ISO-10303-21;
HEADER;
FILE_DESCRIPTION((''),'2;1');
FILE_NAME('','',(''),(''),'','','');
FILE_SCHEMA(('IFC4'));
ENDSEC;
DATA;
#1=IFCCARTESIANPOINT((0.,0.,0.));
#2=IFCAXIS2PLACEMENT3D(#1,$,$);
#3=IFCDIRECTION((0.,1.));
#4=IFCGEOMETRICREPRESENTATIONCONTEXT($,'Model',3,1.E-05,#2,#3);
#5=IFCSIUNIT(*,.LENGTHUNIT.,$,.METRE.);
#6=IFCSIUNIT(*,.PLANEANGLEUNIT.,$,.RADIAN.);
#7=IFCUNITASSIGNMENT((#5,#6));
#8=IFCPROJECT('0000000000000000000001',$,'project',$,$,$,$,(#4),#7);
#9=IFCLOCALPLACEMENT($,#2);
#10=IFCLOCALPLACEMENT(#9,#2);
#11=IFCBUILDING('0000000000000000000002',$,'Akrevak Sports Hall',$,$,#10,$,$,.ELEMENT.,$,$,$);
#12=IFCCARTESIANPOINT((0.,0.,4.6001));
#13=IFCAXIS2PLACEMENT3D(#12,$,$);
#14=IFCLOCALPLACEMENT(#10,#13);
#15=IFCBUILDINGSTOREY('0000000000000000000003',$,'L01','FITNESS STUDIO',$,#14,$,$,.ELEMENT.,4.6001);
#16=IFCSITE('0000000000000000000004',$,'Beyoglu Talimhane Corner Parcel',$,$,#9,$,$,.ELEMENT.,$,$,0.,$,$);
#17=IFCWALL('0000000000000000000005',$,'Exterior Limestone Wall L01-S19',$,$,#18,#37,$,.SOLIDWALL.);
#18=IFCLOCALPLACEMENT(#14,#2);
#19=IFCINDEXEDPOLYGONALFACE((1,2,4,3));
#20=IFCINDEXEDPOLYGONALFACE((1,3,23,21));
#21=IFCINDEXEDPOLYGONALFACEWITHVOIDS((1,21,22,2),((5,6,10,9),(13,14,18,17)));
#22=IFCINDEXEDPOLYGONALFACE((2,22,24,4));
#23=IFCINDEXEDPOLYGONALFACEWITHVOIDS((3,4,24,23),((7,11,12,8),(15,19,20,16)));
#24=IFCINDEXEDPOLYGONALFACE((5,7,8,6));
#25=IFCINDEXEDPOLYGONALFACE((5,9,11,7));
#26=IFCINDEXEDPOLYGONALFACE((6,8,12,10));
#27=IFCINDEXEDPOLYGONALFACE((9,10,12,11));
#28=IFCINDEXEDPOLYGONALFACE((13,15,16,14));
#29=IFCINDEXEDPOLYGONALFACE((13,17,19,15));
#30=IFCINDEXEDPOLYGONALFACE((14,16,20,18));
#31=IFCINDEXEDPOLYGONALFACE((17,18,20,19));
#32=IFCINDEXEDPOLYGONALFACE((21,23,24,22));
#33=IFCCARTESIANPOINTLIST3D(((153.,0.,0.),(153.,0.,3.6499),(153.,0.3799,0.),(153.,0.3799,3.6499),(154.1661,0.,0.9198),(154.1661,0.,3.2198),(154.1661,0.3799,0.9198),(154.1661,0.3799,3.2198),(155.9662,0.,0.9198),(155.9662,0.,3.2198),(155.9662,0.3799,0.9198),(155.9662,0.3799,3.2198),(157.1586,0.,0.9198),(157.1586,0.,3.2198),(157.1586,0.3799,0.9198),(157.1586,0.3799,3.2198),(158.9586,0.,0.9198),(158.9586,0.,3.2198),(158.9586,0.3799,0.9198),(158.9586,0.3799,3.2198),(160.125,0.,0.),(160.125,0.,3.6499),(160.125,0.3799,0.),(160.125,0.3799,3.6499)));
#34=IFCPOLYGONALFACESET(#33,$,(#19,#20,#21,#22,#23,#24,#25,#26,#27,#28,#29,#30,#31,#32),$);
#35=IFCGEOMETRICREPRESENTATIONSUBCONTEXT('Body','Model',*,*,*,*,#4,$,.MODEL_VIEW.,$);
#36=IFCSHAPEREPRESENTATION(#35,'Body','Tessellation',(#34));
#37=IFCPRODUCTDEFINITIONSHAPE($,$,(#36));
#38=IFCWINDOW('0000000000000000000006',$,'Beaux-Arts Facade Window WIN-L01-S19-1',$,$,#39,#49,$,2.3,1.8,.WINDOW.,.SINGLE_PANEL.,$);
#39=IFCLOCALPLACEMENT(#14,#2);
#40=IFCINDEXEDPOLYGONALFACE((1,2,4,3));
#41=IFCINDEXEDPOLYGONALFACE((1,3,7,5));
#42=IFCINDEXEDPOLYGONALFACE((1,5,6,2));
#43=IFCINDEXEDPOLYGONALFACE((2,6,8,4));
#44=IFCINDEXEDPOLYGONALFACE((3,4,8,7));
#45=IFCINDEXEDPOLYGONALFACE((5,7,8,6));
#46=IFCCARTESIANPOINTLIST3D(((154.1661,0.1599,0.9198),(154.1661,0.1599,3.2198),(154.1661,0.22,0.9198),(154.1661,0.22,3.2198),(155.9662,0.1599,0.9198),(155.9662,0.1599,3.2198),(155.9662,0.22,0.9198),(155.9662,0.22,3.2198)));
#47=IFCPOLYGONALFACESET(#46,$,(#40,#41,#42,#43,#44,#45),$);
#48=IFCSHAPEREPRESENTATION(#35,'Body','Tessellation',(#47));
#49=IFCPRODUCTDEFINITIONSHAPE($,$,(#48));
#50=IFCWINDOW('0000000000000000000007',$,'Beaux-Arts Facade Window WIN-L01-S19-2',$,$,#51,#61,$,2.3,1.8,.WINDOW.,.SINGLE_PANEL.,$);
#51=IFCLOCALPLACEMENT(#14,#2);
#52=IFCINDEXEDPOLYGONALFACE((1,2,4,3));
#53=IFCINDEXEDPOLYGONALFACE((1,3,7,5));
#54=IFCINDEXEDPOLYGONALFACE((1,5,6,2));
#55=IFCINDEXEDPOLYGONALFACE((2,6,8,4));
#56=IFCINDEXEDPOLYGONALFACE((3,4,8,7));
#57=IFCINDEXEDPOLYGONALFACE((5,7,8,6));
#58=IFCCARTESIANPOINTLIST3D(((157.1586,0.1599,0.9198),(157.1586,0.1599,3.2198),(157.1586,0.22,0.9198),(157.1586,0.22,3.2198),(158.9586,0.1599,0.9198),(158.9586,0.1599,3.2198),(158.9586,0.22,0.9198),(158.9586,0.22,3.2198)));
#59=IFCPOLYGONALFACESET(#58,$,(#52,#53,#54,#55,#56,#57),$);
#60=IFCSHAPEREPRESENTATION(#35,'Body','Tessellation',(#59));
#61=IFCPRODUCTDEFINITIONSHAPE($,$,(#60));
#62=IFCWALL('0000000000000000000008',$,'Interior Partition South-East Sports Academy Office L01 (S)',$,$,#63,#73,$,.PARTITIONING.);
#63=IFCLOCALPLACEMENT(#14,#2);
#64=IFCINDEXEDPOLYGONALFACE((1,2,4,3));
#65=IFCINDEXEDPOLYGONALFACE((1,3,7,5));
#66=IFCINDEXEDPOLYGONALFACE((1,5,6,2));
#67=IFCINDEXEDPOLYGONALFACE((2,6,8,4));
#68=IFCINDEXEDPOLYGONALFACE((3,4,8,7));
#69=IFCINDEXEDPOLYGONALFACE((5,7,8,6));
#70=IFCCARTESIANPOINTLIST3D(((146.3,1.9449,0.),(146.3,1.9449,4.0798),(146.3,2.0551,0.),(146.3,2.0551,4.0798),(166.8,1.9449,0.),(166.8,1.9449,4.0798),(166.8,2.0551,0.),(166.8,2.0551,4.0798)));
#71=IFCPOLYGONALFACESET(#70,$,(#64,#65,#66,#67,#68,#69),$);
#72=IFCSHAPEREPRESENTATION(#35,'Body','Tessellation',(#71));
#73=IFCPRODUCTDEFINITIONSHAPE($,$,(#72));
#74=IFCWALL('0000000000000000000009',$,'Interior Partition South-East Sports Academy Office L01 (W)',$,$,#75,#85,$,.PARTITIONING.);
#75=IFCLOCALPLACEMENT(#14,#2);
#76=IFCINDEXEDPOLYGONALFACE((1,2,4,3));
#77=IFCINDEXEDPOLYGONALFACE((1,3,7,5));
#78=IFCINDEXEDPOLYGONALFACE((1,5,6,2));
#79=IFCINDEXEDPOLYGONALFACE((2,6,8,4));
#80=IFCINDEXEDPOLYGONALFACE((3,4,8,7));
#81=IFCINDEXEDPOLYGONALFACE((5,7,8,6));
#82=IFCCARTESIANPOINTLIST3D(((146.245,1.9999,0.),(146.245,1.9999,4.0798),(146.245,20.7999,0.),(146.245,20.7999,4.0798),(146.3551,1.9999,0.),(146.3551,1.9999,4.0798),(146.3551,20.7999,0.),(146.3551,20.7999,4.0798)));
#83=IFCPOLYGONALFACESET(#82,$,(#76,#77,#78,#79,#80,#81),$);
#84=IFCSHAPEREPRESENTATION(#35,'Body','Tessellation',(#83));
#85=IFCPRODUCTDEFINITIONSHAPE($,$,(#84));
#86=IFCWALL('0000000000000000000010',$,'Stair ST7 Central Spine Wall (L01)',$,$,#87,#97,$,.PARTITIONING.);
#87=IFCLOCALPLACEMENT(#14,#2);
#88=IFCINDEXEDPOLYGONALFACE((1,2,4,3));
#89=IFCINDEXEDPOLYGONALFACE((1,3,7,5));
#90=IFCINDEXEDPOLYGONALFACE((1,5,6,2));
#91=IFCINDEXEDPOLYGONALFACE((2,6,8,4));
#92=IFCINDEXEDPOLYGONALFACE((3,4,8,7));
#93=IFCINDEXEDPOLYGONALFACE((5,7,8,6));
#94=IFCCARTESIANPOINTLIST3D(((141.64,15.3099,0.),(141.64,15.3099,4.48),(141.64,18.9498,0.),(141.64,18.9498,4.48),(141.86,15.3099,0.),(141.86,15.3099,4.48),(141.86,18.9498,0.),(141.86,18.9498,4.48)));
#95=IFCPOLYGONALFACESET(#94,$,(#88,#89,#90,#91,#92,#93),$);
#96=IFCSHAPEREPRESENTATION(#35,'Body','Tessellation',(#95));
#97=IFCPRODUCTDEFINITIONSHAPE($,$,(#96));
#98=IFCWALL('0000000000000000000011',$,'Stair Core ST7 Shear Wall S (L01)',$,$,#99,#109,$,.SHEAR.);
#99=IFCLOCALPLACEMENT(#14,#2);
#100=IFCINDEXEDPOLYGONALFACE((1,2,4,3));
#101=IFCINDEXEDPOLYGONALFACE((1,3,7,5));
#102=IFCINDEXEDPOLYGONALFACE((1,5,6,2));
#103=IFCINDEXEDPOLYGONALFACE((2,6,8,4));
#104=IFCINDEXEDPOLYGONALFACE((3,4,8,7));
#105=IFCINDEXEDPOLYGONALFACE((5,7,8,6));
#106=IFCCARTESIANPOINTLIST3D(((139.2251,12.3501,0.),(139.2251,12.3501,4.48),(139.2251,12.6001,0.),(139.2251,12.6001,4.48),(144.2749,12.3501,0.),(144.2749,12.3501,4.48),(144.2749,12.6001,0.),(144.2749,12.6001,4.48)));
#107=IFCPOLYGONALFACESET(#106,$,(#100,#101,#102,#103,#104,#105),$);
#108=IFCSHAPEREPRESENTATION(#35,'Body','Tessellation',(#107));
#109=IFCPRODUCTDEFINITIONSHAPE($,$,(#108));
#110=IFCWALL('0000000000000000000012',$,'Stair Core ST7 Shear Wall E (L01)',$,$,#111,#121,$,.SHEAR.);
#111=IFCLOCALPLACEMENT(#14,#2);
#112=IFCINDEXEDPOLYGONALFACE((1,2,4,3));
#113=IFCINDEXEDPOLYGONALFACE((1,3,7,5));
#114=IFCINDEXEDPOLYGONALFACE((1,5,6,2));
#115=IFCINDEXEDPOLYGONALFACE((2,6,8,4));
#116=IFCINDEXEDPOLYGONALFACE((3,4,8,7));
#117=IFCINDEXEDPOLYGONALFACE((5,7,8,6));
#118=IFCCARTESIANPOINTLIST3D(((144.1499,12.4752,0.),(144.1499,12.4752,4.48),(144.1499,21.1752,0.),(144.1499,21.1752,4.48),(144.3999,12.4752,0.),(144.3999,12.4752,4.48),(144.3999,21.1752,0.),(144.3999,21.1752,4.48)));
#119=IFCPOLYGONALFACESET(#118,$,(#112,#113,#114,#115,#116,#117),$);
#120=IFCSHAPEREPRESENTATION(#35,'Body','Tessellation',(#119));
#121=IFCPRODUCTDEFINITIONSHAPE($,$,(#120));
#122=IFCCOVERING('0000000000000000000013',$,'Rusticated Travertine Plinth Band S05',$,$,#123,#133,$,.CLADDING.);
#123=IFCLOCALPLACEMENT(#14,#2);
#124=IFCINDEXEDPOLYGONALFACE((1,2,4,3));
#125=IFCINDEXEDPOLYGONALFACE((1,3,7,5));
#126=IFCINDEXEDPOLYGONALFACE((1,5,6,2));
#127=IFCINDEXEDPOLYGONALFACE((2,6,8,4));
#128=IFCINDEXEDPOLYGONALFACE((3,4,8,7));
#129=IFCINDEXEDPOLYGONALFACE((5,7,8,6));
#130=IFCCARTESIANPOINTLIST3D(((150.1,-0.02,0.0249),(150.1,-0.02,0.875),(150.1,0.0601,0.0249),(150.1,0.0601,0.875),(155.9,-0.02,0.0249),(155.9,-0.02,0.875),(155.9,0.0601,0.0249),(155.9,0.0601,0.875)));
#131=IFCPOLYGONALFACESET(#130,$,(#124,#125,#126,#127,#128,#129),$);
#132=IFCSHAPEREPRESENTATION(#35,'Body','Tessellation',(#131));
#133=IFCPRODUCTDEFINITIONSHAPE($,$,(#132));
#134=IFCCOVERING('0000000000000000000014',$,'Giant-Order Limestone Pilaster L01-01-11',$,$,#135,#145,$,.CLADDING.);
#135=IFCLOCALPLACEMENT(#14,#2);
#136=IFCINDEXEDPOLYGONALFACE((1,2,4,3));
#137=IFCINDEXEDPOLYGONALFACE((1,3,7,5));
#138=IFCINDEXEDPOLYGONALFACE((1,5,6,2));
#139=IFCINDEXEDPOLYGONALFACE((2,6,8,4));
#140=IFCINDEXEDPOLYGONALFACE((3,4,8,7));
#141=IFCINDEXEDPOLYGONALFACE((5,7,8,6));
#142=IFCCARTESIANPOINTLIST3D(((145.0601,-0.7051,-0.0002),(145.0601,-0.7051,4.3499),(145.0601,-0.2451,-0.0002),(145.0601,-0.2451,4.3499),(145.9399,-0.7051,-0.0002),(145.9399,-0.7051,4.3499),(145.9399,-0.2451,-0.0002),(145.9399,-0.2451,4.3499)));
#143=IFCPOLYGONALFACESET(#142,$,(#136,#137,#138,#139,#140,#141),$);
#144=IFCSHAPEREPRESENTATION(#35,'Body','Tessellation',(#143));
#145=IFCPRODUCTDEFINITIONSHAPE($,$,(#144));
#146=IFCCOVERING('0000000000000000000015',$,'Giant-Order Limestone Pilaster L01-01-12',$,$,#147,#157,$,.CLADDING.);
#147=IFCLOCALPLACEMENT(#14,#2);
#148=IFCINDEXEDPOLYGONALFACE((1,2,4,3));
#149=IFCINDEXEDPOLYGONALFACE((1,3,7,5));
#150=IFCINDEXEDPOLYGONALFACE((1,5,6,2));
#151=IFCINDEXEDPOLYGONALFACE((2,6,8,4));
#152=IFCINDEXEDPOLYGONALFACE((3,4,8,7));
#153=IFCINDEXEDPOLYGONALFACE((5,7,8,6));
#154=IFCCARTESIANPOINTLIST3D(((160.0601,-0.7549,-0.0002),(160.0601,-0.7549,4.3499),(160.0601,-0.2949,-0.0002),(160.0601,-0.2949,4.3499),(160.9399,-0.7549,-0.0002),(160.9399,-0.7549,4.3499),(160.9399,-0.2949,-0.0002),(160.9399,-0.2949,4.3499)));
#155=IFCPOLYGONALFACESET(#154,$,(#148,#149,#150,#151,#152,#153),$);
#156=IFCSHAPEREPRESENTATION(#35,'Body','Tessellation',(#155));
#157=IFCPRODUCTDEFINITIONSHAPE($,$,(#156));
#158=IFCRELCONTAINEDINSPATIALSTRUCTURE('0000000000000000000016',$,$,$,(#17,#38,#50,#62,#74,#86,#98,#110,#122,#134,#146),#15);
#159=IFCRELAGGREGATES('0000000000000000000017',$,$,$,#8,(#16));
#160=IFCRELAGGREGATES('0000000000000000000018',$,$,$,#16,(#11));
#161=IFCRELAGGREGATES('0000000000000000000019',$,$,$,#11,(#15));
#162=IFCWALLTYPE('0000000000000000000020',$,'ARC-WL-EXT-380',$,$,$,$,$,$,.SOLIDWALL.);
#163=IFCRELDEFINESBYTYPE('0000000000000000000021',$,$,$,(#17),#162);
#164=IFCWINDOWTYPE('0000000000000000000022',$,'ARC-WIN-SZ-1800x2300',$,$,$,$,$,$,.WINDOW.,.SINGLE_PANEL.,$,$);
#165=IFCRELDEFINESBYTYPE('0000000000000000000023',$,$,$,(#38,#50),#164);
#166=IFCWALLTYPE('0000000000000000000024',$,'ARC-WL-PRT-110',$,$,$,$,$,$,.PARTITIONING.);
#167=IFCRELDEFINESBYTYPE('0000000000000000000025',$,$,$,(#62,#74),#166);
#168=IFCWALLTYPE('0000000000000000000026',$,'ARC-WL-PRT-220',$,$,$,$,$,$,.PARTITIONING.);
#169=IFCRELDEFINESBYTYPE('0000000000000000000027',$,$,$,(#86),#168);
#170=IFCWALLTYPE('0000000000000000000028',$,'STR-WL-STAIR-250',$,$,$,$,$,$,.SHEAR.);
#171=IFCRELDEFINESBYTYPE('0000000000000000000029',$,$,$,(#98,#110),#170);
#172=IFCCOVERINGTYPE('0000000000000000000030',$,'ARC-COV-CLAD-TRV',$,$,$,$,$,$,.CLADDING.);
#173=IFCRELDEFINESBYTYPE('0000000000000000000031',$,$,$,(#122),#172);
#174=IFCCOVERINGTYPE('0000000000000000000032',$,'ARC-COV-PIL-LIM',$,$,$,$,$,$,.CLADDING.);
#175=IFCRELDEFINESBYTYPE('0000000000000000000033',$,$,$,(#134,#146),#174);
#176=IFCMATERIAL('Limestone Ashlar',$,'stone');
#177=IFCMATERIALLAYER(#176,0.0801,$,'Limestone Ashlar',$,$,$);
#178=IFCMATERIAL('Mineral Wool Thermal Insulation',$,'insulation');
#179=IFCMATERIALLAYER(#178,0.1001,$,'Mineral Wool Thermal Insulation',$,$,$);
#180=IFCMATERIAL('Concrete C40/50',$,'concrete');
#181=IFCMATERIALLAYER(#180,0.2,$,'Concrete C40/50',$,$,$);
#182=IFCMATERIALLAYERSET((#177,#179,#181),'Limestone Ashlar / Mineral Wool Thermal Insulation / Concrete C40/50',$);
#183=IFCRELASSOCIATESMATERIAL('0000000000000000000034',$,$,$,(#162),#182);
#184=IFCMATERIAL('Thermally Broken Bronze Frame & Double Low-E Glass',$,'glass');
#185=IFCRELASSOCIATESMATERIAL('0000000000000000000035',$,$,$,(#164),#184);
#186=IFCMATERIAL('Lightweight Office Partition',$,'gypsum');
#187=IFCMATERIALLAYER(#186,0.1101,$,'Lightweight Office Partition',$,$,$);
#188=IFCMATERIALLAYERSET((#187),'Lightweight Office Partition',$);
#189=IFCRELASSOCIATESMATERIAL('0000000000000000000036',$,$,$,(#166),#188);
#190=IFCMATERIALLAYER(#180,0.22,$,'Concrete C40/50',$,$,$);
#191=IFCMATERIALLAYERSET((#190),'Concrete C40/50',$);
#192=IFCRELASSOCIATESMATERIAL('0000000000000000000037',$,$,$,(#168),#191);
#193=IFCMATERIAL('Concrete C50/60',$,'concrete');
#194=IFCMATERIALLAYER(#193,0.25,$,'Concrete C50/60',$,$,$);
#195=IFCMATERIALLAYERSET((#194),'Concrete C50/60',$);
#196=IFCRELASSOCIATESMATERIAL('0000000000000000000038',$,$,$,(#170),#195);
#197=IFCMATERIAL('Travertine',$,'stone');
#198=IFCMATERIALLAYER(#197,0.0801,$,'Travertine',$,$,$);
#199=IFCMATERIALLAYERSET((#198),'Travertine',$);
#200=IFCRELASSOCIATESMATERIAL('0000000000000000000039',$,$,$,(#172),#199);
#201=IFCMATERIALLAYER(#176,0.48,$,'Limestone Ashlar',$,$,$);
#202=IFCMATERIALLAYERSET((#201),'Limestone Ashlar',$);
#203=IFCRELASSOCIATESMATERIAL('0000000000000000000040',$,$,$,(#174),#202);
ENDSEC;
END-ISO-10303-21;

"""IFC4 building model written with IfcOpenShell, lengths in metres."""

from ifc_helpers import new_model, si_unit, direction, frame, frame_2d, origin, origin_2d, place, context, subcontext, project, spatial, rectangle, extrude, material, layer, layer_set, type_object, element, fill, save


model = new_model("IFC4")

# Units and contexts
model_context = context("Model", 3, precision=1e-05, world=origin(), true_north=direction((0.0, 1.0)))
body_context = subcontext(model_context, "Body", "Model", "MODEL_VIEW")
ifc_project = project(units=[si_unit("LENGTHUNIT", "METRE"), si_unit("PLANEANGLEUNIT", "RADIAN")], contexts=[model_context])

# Site, building, storey
site_placement = place(None, origin())
site = spatial("IfcSite", under=ifc_project, at=site_placement, Name="Beyoglu Talimhane Corner Parcel", CompositionType="ELEMENT", RefElevation=0.0)
building_placement = place(site_placement, origin())
building = spatial("IfcBuilding", under=site, at=building_placement, Name="Akrevak Sports Hall", CompositionType="ELEMENT")
storey_placement = place(building_placement, frame((0.0, 0.0, 4.6001)))
storey = spatial("IfcBuildingStorey", under=building, at=storey_placement, Name="L01", Description="FITNESS STUDIO", CompositionType="ELEMENT", Elevation=4.6001)

# Shared definitions
ifc_material_1 = material(Name="Concrete C40/50", Category="concrete")

# Shared definitions
ifc_material_2 = material(Name="Concrete C50/60", Category="concrete")

# Wall, openings, windows
ifc_material_3 = material(Name="Limestone Ashlar", Category="stone")
ifc_layer_1 = layer(ifc_material_3, 0.0801, Name="Limestone Ashlar")
ifc_material_4 = material(Name="Mineral Wool Thermal Insulation", Category="insulation")
ifc_layer_2 = layer(ifc_material_4, 0.1001, Name="Mineral Wool Thermal Insulation")
ifc_layer_3 = layer(ifc_material_1, 0.2, Name="Concrete C40/50")
ifc_layer_set_1 = layer_set([ifc_layer_1, ifc_layer_2, ifc_layer_3], Name="Limestone Ashlar / Mineral Wool Thermal Insulation / Concrete C40/50")
wall_type_1 = type_object("IfcWallType", Name="ARC-WL-EXT-380", PredefinedType="SOLIDWALL", material=ifc_layer_set_1)
ifc_material_5 = material(Name="Thermally Broken Bronze Frame & Double Low-E Glass", Category="glass")
wall_1_placement = place(storey_placement, frame((153.0, 0.1899, 0.0), z_axis=(0.0, 0.0, 1.0), x_axis=(1.0, 0.0, 0.0)))
wall_1 = element("IfcWall", 1, at=wall_1_placement, inside=storey, type_object=wall_type_1, Name="Exterior Limestone Wall L01-S19", PredefinedType="SOLIDWALL", context=body_context, shape_type="SweptSolid", body=[
    extrude(rectangle(XDim=7.125, YDim=0.3799, at=frame_2d((3.5625, 0.0))), origin(), (0.0, 0.0, 1.0), 3.6499),
])
opening_1_placement = place(wall_1_placement, frame((1.1663, 0.0, 0.9199)))
opening_1 = element("IfcOpeningElement", 2, at=opening_1_placement, cuts=wall_1, PredefinedType="OPENING", context=body_context, shape_type="SweptSolid", body=[
    extrude(rectangle(XDim=1.8, YDim=2.3, at=frame_2d((0.8999, 1.1499))), frame((0.0, 0.2019, 0.0), z_axis=(0.0, -1.0, 0.0), x_axis=(1.0, 0.0, 0.0)), (0.0, 0.0, 1.0), 0.4038),
])
opening_2_placement = place(wall_1_placement, frame((4.1587, 0.0, 0.9199)))
opening_2 = element("IfcOpeningElement", 3, at=opening_2_placement, cuts=wall_1, PredefinedType="OPENING", context=body_context, shape_type="SweptSolid", body=[
    extrude(rectangle(XDim=1.8, YDim=2.3, at=frame_2d((0.8999, 1.1499))), frame((0.0, 0.2019, 0.0), z_axis=(0.0, -1.0, 0.0), x_axis=(1.0, 0.0, 0.0)), (0.0, 0.0, 1.0), 0.4038),
])
window_type_1 = type_object("IfcWindowType", Name="ARC-WIN-SZ-1800x2300", PartitioningType="SINGLE_PANEL", PredefinedType="WINDOW", material=ifc_material_5)
window_1_placement = place(opening_1_placement, origin())
window_1 = element("IfcWindow", 4, at=window_1_placement, inside=storey, type_object=window_type_1, Name="Beaux-Arts Facade Window WIN-L01-S19-1", OverallHeight=2.3, OverallWidth=1.8, PartitioningType="SINGLE_PANEL", PredefinedType="WINDOW", context=body_context, shape_type="SweptSolid", body=[
    extrude(rectangle(XDim=1.8, YDim=2.3, at=frame_2d((0.8999, 1.1499))), frame((0.0, 0.03, 0.0), z_axis=(0.0, -1.0, 0.0), x_axis=(1.0, 0.0, 0.0)), (0.0, 0.0, 1.0), 0.0601),
])
fill(opening_1, window_1)
window_2_placement = place(opening_2_placement, origin())
window_2 = element("IfcWindow", 5, at=window_2_placement, inside=storey, type_object=window_type_1, Name="Beaux-Arts Facade Window WIN-L01-S19-2", OverallHeight=2.3, OverallWidth=1.8, PartitioningType="SINGLE_PANEL", PredefinedType="WINDOW", context=body_context, shape_type="SweptSolid", body=[
    extrude(rectangle(XDim=1.8, YDim=2.3, at=frame_2d((0.8999, 1.1499))), frame((0.0, 0.03, 0.0), z_axis=(0.0, -1.0, 0.0), x_axis=(1.0, 0.0, 0.0)), (0.0, 0.0, 1.0), 0.0601),
])
fill(opening_2, window_2)

# Walls
ifc_material_6 = material(Name="Lightweight Office Partition", Category="gypsum")
ifc_layer_4 = layer(ifc_material_6, 0.1101, Name="Lightweight Office Partition")
ifc_layer_set_2 = layer_set([ifc_layer_4], Name="Lightweight Office Partition")
wall_type_2 = type_object("IfcWallType", Name="ARC-WL-PRT-110", PredefinedType="PARTITIONING", material=ifc_layer_set_2)
wall_2_placement = place(storey_placement, frame((146.3, 2.0, 0.0), z_axis=(0.0, 0.0, 1.0), x_axis=(1.0, 0.0, 0.0)))
element("IfcWall", 6, at=wall_2_placement, inside=storey, type_object=wall_type_2, Name="Interior Partition South-East Sports Academy Office L01 (S)", PredefinedType="PARTITIONING", context=body_context, shape_type="SweptSolid", body=[
    extrude(rectangle(XDim=20.5, YDim=0.1101, at=frame_2d((10.25, 0.0))), origin(), (0.0, 0.0, 1.0), 4.0798),
])
wall_3_placement = place(storey_placement, frame((146.3, 2.0, 0.0), z_axis=(0.0, 0.0, 1.0), x_axis=(0.0, 1.0, 0.0)))
element("IfcWall", 7, at=wall_3_placement, inside=storey, type_object=wall_type_2, Name="Interior Partition South-East Sports Academy Office L01 (W)", PredefinedType="PARTITIONING", context=body_context, shape_type="SweptSolid", body=[
    extrude(rectangle(XDim=18.8, YDim=0.1101, at=frame_2d((9.3999, 0.0))), origin(), (0.0, 0.0, 1.0), 4.0798),
])
ifc_layer_5 = layer(ifc_material_1, 0.22, Name="Concrete C40/50")
ifc_layer_set_3 = layer_set([ifc_layer_5], Name="Concrete C40/50")
wall_type_3 = type_object("IfcWallType", Name="ARC-WL-PRT-220", PredefinedType="PARTITIONING", material=ifc_layer_set_3)
wall_4_placement = place(storey_placement, frame((141.75, 15.3101, 0.0), z_axis=(0.0, 0.0, 1.0), x_axis=(0.0, 1.0, 0.0)))
element("IfcWall", 8, at=wall_4_placement, inside=storey, type_object=wall_type_3, Name="Stair ST7 Central Spine Wall (L01)", PredefinedType="PARTITIONING", context=body_context, shape_type="SweptSolid", body=[
    extrude(rectangle(XDim=3.6399, YDim=0.22, at=frame_2d((1.8198, 0.0))), origin(), (0.0, 0.0, 1.0), 4.48),
])
ifc_layer_6 = layer(ifc_material_2, 0.25, Name="Concrete C50/60")
ifc_layer_set_4 = layer_set([ifc_layer_6], Name="Concrete C50/60")
wall_type_4 = type_object("IfcWallType", Name="STR-WL-STAIR-250", PredefinedType="SHEAR", material=ifc_layer_set_4)
wall_5_placement = place(storey_placement, frame((139.2251, 12.4751, 0.0), z_axis=(0.0, 0.0, 1.0), x_axis=(1.0, 0.0, 0.0)))
element("IfcWall", 9, at=wall_5_placement, inside=storey, type_object=wall_type_4, Name="Stair Core ST7 Shear Wall S (L01)", PredefinedType="SHEAR", context=body_context, shape_type="SweptSolid", body=[
    extrude(rectangle(XDim=5.0498, YDim=0.25, at=frame_2d((2.5249, 0.0))), origin(), (0.0, 0.0, 1.0), 4.48),
])
wall_6_placement = place(storey_placement, frame((144.2749, 12.4751, 0.0), z_axis=(0.0, 0.0, 1.0), x_axis=(0.0, 1.0, 0.0)))
element("IfcWall", 10, at=wall_6_placement, inside=storey, type_object=wall_type_4, Name="Stair Core ST7 Shear Wall E (L01)", PredefinedType="SHEAR", context=body_context, shape_type="SweptSolid", body=[
    extrude(rectangle(XDim=8.7, YDim=0.25, at=frame_2d((4.3501, 0.0))), origin(), (0.0, 0.0, 1.0), 4.48),
])

# Coverings
ifc_material_7 = material(Name="Travertine", Category="stone")
ifc_layer_7 = layer(ifc_material_7, 0.0801, Name="Travertine")
ifc_layer_set_5 = layer_set([ifc_layer_7], Name="Travertine")
covering_type_1 = type_object("IfcCoveringType", Name="ARC-COV-CLAD-TRV", PredefinedType="CLADDING", material=ifc_layer_set_5)
covering_placement = place(storey_placement, frame((153.0, 0.02, 0.0249), z_axis=(0.0, 0.0, 1.0), x_axis=(1.0, 0.0, 0.0)))
element("IfcCovering", 11, at=covering_placement, inside=storey, type_object=covering_type_1, Name="Rusticated Travertine Plinth Band S05", PredefinedType="CLADDING", context=body_context, shape_type="SweptSolid", body=[
    extrude(rectangle(XDim=5.8, YDim=0.0801, at=origin_2d()), origin(), (0.0, 0.0, 1.0), 0.8501),
])
ifc_layer_8 = layer(ifc_material_3, 0.48, Name="Limestone Ashlar")
ifc_layer_set_6 = layer_set([ifc_layer_8], Name="Limestone Ashlar")
covering_type_2 = type_object("IfcCoveringType", Name="ARC-COV-PIL-LIM", PredefinedType="CLADDING", material=ifc_layer_set_6)
for number, where, z_axis, x_axis, name in (
    (12, (145.5, -0.4751, -0.0002), (0.0, 0.0, 1.0), (1.0, 0.0, 0.0), "Giant-Order Limestone Pilaster L01-01-11"),
    (13, (160.5, -0.5249, -0.0002), (0.0, 0.0, 1.0), (1.0, 0.0, 0.0), "Giant-Order Limestone Pilaster L01-01-12"),
):
    element("IfcCovering", number, at=place(storey_placement, frame(where, z_axis=z_axis, x_axis=x_axis)), inside=storey, type_object=covering_type_2, Name=name, PredefinedType="CLADDING", context=body_context, shape_type="SweptSolid", body=[
        extrude(rectangle(XDim=0.8799, YDim=0.46, at=origin_2d()), origin(), (0.0, 0.0, 1.0), 4.3501),
    ])

save(model, "model.ifc")
